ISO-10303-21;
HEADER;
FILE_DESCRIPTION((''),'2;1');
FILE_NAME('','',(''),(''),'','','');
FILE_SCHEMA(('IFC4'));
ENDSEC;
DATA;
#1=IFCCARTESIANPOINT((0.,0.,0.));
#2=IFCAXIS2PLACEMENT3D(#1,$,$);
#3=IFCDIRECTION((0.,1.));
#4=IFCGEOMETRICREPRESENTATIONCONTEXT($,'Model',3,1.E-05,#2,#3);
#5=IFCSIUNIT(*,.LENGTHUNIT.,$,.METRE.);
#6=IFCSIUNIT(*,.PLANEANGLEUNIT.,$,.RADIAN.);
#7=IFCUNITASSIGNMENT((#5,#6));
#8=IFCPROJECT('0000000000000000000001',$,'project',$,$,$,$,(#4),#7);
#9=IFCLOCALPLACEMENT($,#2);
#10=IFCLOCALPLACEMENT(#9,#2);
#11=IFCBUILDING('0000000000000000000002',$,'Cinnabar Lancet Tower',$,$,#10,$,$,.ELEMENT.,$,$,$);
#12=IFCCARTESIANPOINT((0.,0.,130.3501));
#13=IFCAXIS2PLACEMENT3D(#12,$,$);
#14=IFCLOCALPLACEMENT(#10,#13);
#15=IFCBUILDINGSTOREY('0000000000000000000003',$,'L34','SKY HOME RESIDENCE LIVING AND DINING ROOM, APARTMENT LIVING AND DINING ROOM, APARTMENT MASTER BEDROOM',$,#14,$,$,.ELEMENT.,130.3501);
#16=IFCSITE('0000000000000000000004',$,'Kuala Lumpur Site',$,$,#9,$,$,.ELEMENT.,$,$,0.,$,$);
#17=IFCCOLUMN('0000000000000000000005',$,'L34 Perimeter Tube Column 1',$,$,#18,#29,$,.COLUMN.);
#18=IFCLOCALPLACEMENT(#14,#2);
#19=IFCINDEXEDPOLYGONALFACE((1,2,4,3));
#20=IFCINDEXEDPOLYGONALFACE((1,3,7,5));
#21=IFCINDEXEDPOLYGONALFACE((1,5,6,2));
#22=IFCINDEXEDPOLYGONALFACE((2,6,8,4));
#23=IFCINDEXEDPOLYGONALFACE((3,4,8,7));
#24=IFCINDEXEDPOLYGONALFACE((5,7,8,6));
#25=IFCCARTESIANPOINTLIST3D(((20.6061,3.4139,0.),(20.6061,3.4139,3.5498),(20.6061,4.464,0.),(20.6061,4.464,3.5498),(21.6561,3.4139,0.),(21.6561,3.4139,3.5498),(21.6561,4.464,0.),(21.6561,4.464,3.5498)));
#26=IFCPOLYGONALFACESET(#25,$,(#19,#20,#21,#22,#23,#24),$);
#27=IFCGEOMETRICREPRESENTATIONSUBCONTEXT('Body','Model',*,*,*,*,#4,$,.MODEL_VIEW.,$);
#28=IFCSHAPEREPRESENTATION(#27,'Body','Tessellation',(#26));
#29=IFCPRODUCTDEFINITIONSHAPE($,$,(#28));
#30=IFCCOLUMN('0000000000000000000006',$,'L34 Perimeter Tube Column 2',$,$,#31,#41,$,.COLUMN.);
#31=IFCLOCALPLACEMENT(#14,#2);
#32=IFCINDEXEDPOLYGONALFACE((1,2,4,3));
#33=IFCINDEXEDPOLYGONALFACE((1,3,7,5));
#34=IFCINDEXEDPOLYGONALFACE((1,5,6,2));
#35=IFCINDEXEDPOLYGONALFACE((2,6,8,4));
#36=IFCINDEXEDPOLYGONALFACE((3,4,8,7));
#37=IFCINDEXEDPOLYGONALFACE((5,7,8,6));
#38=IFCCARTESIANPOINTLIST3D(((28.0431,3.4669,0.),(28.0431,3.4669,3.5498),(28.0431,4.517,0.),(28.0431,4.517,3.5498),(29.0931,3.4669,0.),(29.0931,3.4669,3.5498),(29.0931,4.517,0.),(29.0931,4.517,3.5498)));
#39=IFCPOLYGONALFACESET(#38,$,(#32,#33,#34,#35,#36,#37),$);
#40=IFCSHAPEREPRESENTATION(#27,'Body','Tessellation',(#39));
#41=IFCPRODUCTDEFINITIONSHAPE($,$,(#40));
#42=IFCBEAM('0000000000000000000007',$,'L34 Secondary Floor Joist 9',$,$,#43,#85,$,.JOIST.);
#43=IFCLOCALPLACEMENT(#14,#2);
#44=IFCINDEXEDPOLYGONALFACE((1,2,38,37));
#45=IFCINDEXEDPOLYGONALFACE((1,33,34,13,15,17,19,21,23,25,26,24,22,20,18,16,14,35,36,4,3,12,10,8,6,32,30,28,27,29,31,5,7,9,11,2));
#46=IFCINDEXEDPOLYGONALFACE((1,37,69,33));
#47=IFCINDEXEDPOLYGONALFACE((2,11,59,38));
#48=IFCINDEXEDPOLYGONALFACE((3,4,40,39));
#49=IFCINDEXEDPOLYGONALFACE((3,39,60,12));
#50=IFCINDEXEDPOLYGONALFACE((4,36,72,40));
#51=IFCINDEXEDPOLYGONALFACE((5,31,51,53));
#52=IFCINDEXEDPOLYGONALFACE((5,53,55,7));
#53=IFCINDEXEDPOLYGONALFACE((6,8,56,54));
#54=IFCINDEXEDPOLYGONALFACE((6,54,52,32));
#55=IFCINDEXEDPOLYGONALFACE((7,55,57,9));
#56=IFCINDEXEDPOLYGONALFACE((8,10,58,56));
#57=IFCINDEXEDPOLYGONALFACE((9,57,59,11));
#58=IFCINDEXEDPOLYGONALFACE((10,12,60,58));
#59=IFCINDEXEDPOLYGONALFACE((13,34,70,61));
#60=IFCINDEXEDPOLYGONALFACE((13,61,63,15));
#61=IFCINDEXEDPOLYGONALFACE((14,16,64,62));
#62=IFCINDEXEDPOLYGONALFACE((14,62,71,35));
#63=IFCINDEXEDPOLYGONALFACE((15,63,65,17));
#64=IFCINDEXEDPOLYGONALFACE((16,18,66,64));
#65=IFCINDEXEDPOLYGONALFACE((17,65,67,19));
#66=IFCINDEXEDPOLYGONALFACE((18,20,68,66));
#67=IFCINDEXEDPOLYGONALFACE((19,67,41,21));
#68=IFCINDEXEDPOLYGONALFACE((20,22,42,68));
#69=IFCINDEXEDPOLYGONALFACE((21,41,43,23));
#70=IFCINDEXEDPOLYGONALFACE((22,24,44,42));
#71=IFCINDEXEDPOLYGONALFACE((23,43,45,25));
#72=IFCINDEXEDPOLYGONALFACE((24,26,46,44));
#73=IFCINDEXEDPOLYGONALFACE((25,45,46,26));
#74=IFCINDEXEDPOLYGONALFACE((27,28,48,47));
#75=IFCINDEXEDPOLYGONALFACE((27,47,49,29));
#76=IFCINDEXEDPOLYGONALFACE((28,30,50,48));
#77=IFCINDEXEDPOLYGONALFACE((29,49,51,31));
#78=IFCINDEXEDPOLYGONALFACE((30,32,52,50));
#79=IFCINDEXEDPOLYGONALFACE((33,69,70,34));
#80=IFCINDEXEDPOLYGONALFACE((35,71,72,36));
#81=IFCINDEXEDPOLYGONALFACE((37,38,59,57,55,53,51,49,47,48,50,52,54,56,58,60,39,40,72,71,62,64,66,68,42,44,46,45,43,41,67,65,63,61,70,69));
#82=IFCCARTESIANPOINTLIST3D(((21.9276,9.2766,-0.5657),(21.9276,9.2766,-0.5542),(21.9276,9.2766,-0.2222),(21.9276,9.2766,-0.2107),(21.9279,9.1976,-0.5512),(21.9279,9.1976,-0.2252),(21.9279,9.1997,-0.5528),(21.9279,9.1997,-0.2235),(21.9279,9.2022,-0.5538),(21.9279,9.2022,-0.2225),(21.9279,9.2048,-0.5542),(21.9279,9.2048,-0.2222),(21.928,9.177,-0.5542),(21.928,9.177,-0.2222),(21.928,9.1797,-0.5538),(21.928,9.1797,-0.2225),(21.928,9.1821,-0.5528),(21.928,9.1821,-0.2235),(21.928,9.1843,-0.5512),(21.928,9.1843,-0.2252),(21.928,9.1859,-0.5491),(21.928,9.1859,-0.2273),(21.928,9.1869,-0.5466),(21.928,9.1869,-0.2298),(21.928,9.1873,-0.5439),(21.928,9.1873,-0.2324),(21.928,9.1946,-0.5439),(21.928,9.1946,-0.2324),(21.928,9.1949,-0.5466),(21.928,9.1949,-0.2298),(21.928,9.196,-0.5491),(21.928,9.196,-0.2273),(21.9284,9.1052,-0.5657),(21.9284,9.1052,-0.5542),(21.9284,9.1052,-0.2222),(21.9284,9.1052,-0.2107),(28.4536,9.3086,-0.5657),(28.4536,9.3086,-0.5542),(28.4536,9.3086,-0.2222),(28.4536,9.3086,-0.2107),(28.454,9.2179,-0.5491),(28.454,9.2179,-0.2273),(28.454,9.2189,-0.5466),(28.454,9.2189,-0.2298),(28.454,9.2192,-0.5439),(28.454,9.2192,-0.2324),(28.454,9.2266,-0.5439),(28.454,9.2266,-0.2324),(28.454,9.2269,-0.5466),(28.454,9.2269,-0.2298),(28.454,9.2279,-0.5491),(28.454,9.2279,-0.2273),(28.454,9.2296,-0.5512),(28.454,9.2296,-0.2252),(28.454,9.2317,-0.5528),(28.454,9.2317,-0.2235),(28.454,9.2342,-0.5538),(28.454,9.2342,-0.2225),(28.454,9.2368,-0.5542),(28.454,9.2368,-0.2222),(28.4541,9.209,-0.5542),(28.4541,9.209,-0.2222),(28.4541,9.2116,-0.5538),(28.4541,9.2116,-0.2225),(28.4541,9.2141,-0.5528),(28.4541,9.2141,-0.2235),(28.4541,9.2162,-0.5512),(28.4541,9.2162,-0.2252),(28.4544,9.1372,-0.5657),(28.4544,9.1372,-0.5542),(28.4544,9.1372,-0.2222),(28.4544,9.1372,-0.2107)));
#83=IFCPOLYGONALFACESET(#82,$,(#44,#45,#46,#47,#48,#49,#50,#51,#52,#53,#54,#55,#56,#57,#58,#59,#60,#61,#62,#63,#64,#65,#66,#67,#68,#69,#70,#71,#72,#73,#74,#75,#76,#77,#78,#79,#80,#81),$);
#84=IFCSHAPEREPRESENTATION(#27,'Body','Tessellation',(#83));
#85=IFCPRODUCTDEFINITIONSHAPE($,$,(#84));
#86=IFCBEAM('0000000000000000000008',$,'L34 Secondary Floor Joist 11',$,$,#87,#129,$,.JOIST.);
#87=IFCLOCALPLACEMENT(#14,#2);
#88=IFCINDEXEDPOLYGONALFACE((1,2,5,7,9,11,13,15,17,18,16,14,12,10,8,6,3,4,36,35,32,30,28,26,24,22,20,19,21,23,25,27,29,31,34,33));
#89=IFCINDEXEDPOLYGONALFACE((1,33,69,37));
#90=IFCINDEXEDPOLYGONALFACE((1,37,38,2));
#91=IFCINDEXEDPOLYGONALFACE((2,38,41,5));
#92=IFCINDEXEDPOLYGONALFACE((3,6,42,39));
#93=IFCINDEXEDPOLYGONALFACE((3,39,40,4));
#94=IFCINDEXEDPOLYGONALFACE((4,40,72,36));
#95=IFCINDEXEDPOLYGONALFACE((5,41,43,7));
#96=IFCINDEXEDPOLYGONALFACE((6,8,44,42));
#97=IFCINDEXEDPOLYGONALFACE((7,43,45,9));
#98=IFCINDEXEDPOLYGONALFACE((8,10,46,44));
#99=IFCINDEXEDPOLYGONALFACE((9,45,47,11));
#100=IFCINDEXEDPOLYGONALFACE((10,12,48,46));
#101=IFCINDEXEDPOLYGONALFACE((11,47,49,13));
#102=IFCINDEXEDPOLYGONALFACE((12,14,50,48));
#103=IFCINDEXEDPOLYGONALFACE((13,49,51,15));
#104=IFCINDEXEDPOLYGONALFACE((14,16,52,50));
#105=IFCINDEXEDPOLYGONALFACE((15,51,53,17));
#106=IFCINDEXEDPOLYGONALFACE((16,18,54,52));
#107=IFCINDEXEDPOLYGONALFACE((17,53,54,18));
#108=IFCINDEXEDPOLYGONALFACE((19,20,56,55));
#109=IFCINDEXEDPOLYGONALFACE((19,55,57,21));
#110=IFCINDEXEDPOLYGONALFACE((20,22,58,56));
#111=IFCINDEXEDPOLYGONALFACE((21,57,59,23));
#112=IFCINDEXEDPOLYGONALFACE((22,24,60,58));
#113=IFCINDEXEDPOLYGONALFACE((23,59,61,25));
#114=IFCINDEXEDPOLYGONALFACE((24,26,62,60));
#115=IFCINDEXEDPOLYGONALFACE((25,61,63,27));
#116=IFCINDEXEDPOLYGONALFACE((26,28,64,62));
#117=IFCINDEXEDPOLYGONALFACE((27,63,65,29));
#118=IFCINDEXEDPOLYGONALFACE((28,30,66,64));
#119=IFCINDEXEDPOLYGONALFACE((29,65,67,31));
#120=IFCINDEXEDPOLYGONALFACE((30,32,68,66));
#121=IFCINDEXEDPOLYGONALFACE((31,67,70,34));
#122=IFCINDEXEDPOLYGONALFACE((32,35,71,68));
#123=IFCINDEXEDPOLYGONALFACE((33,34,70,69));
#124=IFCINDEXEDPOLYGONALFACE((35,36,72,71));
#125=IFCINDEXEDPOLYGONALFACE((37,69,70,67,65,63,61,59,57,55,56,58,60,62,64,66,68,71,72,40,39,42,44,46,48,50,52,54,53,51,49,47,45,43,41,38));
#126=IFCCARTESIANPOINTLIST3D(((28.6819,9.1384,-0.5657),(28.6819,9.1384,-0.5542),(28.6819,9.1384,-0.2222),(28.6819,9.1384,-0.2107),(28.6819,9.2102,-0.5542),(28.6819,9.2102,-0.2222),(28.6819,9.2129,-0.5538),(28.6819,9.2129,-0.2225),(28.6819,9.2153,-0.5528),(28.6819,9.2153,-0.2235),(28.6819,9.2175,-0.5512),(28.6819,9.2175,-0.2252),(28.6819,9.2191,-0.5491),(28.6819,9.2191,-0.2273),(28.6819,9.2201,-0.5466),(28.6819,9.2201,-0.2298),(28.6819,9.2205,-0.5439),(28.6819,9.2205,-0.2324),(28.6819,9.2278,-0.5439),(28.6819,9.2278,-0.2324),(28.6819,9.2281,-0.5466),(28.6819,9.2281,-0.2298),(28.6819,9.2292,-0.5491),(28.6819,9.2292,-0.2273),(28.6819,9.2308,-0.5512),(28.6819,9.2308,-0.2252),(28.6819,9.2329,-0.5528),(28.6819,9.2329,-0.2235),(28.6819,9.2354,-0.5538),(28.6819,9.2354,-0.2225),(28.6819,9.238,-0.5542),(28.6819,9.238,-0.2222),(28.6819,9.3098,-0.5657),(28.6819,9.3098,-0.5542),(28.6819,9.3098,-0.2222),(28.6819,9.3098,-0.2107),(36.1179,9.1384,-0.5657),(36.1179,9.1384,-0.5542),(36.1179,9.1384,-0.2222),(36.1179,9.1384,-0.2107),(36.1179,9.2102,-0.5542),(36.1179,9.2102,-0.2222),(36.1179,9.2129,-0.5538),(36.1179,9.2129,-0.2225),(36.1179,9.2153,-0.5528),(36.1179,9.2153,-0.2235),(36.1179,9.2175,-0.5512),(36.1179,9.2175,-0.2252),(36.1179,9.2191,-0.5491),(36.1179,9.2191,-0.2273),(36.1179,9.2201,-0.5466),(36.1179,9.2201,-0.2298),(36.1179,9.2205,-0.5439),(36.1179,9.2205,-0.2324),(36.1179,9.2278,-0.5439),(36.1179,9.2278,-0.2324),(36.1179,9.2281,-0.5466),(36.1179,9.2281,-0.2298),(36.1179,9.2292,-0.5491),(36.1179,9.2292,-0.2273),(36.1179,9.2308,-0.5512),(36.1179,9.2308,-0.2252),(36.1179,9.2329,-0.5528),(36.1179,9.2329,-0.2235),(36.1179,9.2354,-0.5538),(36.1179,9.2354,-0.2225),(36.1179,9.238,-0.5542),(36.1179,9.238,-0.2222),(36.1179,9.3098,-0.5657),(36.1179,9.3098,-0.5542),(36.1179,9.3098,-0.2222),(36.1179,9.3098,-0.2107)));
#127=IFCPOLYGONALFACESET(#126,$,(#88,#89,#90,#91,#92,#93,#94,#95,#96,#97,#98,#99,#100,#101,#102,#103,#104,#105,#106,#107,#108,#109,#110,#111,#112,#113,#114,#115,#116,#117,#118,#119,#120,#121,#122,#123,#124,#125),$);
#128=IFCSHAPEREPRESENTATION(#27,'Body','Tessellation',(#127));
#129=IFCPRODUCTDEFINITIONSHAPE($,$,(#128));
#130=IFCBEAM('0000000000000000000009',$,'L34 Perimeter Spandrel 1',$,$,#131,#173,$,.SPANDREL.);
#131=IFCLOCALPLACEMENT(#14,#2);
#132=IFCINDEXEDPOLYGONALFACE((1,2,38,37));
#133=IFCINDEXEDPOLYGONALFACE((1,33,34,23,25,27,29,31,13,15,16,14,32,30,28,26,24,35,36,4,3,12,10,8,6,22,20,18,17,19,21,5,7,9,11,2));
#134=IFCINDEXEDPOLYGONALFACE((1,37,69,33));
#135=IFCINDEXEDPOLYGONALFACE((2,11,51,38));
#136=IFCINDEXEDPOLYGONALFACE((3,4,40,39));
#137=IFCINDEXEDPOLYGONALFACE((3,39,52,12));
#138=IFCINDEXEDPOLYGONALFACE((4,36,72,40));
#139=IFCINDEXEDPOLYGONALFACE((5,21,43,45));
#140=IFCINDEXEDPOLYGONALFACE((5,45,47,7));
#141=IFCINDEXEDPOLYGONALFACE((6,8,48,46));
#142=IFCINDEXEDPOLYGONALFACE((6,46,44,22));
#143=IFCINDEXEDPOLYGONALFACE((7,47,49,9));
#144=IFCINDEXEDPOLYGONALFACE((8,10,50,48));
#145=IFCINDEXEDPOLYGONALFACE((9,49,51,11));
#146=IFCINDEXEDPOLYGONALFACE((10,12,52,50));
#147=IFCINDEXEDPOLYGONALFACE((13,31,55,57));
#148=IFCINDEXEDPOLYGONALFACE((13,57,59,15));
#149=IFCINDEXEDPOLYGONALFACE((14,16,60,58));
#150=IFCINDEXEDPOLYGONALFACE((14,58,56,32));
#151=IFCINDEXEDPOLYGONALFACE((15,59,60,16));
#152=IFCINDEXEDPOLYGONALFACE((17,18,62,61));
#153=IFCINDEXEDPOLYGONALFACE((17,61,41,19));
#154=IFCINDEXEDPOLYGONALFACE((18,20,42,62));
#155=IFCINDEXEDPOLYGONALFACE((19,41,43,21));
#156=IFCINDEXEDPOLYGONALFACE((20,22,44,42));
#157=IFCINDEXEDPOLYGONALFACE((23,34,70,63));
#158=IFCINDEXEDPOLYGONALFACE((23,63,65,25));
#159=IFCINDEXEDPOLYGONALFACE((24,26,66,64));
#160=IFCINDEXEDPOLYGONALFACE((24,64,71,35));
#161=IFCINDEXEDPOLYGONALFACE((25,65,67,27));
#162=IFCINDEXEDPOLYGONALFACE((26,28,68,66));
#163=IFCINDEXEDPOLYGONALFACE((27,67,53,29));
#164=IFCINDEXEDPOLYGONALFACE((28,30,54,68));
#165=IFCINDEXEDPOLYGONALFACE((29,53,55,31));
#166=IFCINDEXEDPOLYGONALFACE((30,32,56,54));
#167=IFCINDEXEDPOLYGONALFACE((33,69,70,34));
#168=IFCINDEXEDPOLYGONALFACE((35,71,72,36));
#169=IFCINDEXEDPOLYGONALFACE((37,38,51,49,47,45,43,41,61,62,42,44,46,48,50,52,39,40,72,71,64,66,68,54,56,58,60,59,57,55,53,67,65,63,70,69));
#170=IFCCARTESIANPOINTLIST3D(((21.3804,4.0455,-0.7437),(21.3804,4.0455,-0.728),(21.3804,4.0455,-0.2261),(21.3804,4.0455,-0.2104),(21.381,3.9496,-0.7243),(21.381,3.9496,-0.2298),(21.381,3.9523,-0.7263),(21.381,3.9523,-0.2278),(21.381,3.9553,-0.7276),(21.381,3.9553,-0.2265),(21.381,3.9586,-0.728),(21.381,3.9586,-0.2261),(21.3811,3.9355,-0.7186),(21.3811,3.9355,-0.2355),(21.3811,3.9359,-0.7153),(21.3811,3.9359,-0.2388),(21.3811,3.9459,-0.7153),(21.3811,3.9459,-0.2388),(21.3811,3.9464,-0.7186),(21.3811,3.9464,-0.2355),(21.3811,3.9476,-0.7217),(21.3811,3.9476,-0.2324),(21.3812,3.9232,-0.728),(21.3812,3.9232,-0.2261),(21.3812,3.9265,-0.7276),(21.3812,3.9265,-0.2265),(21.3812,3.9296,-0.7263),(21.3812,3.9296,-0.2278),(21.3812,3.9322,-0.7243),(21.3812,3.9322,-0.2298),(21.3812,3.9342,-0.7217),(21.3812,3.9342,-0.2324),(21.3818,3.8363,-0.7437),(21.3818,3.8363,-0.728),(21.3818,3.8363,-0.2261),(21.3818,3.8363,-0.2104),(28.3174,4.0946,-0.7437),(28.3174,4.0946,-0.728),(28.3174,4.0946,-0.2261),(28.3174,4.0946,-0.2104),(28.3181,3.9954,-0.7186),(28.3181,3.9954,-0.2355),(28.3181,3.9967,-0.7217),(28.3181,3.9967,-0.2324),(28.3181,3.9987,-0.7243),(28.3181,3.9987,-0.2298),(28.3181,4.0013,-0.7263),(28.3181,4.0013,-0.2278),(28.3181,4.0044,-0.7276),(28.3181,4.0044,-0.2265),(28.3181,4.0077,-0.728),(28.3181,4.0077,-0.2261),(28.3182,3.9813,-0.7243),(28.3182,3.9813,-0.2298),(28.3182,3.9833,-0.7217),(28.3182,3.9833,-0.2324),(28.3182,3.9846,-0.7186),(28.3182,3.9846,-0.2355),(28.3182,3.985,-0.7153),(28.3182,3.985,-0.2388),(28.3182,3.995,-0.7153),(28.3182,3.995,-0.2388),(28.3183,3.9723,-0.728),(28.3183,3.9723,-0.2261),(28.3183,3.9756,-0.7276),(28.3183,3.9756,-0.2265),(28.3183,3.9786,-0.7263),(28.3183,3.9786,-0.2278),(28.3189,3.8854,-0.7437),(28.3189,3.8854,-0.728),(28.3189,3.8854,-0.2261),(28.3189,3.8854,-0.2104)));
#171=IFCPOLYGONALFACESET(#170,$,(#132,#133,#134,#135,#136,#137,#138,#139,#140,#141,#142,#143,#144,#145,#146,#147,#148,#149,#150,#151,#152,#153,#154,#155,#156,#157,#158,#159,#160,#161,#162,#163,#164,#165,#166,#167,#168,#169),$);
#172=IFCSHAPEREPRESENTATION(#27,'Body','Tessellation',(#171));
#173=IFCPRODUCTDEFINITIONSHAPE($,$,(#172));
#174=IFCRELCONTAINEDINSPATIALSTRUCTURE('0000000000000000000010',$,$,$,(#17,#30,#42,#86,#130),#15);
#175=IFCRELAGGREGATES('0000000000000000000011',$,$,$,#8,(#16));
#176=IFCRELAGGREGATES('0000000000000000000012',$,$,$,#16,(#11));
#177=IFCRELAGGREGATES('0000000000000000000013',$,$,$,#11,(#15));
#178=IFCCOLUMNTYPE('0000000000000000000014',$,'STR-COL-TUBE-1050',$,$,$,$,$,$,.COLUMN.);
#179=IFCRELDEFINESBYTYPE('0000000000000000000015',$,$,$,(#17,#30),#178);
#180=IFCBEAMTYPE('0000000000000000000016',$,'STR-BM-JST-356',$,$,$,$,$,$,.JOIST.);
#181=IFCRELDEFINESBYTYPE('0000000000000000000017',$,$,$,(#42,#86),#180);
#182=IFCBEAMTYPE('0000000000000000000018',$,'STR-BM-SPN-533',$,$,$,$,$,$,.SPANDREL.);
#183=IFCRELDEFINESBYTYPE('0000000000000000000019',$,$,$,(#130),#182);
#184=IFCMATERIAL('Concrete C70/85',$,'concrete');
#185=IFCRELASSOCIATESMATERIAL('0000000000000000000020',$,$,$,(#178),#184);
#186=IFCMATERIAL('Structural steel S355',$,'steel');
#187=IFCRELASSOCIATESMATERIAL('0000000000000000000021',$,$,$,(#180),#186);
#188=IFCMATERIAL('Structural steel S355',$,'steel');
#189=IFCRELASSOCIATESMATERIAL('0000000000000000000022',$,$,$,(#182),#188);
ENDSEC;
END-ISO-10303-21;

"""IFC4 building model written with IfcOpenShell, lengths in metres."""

from ifc_helpers import new_model, si_unit, direction, frame, origin, origin_2d, place, context, subcontext, project, spatial, rectangle, i_section, extrude, material, material_profile, profile_set, type_object, element, save


model = new_model("IFC4")

# Units and contexts
model_context = context("Model", 3, precision=1e-05, world=origin(), true_north=direction((0.0, 1.0)))
body_context = subcontext(model_context, "Body", "Model", "MODEL_VIEW")
ifc_project = project(units=[si_unit("LENGTHUNIT", "METRE"), si_unit("PLANEANGLEUNIT", "RADIAN")], contexts=[model_context])

# Site, building, storey
site_placement = place(None, origin())
site = spatial("IfcSite", under=ifc_project, at=site_placement, Name="Kuala Lumpur Site", CompositionType="ELEMENT", RefElevation=0.0)
building_placement = place(site_placement, origin())
building = spatial("IfcBuilding", under=site, at=building_placement, Name="Cinnabar Lancet Tower", CompositionType="ELEMENT")
storey_placement = place(building_placement, frame((0.0, 0.0, 130.3501)))
storey = spatial("IfcBuildingStorey", under=building, at=storey_placement, Name="L34", Description="SKY HOME RESIDENCE LIVING AND DINING ROOM, APARTMENT LIVING AND DINING ROOM, APARTMENT MASTER BEDROOM", CompositionType="ELEMENT", Elevation=130.3501)

# Columns
ifc_material_1 = material(Name="Concrete C70/85", Category="concrete")
ifc_material_profile_1 = material_profile(ifc_material_1, rectangle(XDim=1.05, YDim=1.05, at=origin_2d()), Name="RC-COL 1050x1050")
ifc_profile_set_1 = profile_set([ifc_material_profile_1], Name="Concrete C70/85")
column_type = type_object("IfcColumnType", Name="STR-COL-TUBE-1050", PredefinedType="COLUMN", material=ifc_profile_set_1)
for number, where, z_axis, x_axis, name in (
    (1, (21.1311, 3.939, 0.0), (0.0, 0.0, 1.0), (1.0, 0.0, 0.0), "L34 Perimeter Tube Column 1"),
    (2, (28.5681, 3.9919, 0.0), (0.0, 0.0, 1.0), (1.0, 0.0, 0.0), "L34 Perimeter Tube Column 2"),
):
    element("IfcColumn", number, at=place(storey_placement, frame(where, z_axis=z_axis, x_axis=x_axis)), inside=storey, type_object=column_type, Name=name, PredefinedType="COLUMN", context=body_context, shape_type="SweptSolid", body=[
        extrude(rectangle(XDim=1.05, YDim=1.05, at=origin_2d()), origin(), (0.0, 0.0, 1.0), 3.5498),
    ])

# Beams
ifc_material_2 = material(Name="Structural steel S355", Category="steel")
ifc_material_profile_2 = material_profile(ifc_material_2, i_section(OverallWidth=0.1714, OverallDepth=0.355, WebThickness=0.0073, FlangeThickness=0.0115, FilletRadius=0.0103, at=origin_2d()), Name="UKB 356x171x51")
ifc_profile_set_2 = profile_set([ifc_material_profile_2], Name="Structural steel S355")
beam_type_1 = type_object("IfcBeamType", Name="STR-BM-JST-356", PredefinedType="JOIST", material=ifc_profile_set_2)
beam_1_placement = place(storey_placement, frame((21.928, 9.1909, -0.3882), z_axis=(0.999988, 0.004901, 0.0), x_axis=(-0.004901, 0.999988, 0.0)))
element("IfcBeam", 3, at=beam_1_placement, inside=storey, type_object=beam_type_1, Name="L34 Secondary Floor Joist 9", PredefinedType="JOIST", context=body_context, shape_type="SweptSolid", body=[
    extrude(i_section(OverallWidth=0.1714, OverallDepth=0.355, WebThickness=0.0073, FlangeThickness=0.0115, FilletRadius=0.0103, at=origin_2d()), origin(), (0.0, 0.0, 1.0), 6.5261),
])
beam_2_placement = place(storey_placement, frame((28.6819, 9.2241, -0.3882), z_axis=(1.0, 0.0, 0.0), x_axis=(0.0, 1.0, 0.0)))
element("IfcBeam", 4, at=beam_2_placement, inside=storey, type_object=beam_type_1, Name="L34 Secondary Floor Joist 11", PredefinedType="JOIST", context=body_context, shape_type="SweptSolid", body=[
    extrude(i_section(OverallWidth=0.1714, OverallDepth=0.355, WebThickness=0.0073, FlangeThickness=0.0115, FilletRadius=0.0103, at=origin_2d()), origin(), (0.0, 0.0, 1.0), 7.436),
])
ifc_material_3 = material(Name="Structural steel S355", Category="steel")
ifc_material_profile_3 = material_profile(ifc_material_3, i_section(OverallWidth=0.2092, OverallDepth=0.5332, WebThickness=0.01, FlangeThickness=0.0156, FilletRadius=0.0127, at=origin_2d()), Name="UKB 533x210x92")
ifc_profile_set_3 = profile_set([ifc_material_profile_3], Name="Structural steel S355")
beam_type_2 = type_object("IfcBeamType", Name="STR-BM-SPN-533", PredefinedType="SPANDREL", material=ifc_profile_set_3)
beam_3_placement = place(storey_placement, frame((21.3811, 3.9409, -0.4771), z_axis=(0.999975, 0.007074, 0.0), x_axis=(-0.007074, 0.999975, 0.0)))
element("IfcBeam", 5, at=beam_3_placement, inside=storey, type_object=beam_type_2, Name="L34 Perimeter Spandrel 1", PredefinedType="SPANDREL", context=body_context, shape_type="SweptSolid", body=[
    extrude(i_section(OverallWidth=0.2092, OverallDepth=0.5332, WebThickness=0.01, FlangeThickness=0.0156, FilletRadius=0.0127, at=origin_2d()), origin(), (0.0, 0.0, 1.0), 6.9373),
])

save(model, "model.ifc")
